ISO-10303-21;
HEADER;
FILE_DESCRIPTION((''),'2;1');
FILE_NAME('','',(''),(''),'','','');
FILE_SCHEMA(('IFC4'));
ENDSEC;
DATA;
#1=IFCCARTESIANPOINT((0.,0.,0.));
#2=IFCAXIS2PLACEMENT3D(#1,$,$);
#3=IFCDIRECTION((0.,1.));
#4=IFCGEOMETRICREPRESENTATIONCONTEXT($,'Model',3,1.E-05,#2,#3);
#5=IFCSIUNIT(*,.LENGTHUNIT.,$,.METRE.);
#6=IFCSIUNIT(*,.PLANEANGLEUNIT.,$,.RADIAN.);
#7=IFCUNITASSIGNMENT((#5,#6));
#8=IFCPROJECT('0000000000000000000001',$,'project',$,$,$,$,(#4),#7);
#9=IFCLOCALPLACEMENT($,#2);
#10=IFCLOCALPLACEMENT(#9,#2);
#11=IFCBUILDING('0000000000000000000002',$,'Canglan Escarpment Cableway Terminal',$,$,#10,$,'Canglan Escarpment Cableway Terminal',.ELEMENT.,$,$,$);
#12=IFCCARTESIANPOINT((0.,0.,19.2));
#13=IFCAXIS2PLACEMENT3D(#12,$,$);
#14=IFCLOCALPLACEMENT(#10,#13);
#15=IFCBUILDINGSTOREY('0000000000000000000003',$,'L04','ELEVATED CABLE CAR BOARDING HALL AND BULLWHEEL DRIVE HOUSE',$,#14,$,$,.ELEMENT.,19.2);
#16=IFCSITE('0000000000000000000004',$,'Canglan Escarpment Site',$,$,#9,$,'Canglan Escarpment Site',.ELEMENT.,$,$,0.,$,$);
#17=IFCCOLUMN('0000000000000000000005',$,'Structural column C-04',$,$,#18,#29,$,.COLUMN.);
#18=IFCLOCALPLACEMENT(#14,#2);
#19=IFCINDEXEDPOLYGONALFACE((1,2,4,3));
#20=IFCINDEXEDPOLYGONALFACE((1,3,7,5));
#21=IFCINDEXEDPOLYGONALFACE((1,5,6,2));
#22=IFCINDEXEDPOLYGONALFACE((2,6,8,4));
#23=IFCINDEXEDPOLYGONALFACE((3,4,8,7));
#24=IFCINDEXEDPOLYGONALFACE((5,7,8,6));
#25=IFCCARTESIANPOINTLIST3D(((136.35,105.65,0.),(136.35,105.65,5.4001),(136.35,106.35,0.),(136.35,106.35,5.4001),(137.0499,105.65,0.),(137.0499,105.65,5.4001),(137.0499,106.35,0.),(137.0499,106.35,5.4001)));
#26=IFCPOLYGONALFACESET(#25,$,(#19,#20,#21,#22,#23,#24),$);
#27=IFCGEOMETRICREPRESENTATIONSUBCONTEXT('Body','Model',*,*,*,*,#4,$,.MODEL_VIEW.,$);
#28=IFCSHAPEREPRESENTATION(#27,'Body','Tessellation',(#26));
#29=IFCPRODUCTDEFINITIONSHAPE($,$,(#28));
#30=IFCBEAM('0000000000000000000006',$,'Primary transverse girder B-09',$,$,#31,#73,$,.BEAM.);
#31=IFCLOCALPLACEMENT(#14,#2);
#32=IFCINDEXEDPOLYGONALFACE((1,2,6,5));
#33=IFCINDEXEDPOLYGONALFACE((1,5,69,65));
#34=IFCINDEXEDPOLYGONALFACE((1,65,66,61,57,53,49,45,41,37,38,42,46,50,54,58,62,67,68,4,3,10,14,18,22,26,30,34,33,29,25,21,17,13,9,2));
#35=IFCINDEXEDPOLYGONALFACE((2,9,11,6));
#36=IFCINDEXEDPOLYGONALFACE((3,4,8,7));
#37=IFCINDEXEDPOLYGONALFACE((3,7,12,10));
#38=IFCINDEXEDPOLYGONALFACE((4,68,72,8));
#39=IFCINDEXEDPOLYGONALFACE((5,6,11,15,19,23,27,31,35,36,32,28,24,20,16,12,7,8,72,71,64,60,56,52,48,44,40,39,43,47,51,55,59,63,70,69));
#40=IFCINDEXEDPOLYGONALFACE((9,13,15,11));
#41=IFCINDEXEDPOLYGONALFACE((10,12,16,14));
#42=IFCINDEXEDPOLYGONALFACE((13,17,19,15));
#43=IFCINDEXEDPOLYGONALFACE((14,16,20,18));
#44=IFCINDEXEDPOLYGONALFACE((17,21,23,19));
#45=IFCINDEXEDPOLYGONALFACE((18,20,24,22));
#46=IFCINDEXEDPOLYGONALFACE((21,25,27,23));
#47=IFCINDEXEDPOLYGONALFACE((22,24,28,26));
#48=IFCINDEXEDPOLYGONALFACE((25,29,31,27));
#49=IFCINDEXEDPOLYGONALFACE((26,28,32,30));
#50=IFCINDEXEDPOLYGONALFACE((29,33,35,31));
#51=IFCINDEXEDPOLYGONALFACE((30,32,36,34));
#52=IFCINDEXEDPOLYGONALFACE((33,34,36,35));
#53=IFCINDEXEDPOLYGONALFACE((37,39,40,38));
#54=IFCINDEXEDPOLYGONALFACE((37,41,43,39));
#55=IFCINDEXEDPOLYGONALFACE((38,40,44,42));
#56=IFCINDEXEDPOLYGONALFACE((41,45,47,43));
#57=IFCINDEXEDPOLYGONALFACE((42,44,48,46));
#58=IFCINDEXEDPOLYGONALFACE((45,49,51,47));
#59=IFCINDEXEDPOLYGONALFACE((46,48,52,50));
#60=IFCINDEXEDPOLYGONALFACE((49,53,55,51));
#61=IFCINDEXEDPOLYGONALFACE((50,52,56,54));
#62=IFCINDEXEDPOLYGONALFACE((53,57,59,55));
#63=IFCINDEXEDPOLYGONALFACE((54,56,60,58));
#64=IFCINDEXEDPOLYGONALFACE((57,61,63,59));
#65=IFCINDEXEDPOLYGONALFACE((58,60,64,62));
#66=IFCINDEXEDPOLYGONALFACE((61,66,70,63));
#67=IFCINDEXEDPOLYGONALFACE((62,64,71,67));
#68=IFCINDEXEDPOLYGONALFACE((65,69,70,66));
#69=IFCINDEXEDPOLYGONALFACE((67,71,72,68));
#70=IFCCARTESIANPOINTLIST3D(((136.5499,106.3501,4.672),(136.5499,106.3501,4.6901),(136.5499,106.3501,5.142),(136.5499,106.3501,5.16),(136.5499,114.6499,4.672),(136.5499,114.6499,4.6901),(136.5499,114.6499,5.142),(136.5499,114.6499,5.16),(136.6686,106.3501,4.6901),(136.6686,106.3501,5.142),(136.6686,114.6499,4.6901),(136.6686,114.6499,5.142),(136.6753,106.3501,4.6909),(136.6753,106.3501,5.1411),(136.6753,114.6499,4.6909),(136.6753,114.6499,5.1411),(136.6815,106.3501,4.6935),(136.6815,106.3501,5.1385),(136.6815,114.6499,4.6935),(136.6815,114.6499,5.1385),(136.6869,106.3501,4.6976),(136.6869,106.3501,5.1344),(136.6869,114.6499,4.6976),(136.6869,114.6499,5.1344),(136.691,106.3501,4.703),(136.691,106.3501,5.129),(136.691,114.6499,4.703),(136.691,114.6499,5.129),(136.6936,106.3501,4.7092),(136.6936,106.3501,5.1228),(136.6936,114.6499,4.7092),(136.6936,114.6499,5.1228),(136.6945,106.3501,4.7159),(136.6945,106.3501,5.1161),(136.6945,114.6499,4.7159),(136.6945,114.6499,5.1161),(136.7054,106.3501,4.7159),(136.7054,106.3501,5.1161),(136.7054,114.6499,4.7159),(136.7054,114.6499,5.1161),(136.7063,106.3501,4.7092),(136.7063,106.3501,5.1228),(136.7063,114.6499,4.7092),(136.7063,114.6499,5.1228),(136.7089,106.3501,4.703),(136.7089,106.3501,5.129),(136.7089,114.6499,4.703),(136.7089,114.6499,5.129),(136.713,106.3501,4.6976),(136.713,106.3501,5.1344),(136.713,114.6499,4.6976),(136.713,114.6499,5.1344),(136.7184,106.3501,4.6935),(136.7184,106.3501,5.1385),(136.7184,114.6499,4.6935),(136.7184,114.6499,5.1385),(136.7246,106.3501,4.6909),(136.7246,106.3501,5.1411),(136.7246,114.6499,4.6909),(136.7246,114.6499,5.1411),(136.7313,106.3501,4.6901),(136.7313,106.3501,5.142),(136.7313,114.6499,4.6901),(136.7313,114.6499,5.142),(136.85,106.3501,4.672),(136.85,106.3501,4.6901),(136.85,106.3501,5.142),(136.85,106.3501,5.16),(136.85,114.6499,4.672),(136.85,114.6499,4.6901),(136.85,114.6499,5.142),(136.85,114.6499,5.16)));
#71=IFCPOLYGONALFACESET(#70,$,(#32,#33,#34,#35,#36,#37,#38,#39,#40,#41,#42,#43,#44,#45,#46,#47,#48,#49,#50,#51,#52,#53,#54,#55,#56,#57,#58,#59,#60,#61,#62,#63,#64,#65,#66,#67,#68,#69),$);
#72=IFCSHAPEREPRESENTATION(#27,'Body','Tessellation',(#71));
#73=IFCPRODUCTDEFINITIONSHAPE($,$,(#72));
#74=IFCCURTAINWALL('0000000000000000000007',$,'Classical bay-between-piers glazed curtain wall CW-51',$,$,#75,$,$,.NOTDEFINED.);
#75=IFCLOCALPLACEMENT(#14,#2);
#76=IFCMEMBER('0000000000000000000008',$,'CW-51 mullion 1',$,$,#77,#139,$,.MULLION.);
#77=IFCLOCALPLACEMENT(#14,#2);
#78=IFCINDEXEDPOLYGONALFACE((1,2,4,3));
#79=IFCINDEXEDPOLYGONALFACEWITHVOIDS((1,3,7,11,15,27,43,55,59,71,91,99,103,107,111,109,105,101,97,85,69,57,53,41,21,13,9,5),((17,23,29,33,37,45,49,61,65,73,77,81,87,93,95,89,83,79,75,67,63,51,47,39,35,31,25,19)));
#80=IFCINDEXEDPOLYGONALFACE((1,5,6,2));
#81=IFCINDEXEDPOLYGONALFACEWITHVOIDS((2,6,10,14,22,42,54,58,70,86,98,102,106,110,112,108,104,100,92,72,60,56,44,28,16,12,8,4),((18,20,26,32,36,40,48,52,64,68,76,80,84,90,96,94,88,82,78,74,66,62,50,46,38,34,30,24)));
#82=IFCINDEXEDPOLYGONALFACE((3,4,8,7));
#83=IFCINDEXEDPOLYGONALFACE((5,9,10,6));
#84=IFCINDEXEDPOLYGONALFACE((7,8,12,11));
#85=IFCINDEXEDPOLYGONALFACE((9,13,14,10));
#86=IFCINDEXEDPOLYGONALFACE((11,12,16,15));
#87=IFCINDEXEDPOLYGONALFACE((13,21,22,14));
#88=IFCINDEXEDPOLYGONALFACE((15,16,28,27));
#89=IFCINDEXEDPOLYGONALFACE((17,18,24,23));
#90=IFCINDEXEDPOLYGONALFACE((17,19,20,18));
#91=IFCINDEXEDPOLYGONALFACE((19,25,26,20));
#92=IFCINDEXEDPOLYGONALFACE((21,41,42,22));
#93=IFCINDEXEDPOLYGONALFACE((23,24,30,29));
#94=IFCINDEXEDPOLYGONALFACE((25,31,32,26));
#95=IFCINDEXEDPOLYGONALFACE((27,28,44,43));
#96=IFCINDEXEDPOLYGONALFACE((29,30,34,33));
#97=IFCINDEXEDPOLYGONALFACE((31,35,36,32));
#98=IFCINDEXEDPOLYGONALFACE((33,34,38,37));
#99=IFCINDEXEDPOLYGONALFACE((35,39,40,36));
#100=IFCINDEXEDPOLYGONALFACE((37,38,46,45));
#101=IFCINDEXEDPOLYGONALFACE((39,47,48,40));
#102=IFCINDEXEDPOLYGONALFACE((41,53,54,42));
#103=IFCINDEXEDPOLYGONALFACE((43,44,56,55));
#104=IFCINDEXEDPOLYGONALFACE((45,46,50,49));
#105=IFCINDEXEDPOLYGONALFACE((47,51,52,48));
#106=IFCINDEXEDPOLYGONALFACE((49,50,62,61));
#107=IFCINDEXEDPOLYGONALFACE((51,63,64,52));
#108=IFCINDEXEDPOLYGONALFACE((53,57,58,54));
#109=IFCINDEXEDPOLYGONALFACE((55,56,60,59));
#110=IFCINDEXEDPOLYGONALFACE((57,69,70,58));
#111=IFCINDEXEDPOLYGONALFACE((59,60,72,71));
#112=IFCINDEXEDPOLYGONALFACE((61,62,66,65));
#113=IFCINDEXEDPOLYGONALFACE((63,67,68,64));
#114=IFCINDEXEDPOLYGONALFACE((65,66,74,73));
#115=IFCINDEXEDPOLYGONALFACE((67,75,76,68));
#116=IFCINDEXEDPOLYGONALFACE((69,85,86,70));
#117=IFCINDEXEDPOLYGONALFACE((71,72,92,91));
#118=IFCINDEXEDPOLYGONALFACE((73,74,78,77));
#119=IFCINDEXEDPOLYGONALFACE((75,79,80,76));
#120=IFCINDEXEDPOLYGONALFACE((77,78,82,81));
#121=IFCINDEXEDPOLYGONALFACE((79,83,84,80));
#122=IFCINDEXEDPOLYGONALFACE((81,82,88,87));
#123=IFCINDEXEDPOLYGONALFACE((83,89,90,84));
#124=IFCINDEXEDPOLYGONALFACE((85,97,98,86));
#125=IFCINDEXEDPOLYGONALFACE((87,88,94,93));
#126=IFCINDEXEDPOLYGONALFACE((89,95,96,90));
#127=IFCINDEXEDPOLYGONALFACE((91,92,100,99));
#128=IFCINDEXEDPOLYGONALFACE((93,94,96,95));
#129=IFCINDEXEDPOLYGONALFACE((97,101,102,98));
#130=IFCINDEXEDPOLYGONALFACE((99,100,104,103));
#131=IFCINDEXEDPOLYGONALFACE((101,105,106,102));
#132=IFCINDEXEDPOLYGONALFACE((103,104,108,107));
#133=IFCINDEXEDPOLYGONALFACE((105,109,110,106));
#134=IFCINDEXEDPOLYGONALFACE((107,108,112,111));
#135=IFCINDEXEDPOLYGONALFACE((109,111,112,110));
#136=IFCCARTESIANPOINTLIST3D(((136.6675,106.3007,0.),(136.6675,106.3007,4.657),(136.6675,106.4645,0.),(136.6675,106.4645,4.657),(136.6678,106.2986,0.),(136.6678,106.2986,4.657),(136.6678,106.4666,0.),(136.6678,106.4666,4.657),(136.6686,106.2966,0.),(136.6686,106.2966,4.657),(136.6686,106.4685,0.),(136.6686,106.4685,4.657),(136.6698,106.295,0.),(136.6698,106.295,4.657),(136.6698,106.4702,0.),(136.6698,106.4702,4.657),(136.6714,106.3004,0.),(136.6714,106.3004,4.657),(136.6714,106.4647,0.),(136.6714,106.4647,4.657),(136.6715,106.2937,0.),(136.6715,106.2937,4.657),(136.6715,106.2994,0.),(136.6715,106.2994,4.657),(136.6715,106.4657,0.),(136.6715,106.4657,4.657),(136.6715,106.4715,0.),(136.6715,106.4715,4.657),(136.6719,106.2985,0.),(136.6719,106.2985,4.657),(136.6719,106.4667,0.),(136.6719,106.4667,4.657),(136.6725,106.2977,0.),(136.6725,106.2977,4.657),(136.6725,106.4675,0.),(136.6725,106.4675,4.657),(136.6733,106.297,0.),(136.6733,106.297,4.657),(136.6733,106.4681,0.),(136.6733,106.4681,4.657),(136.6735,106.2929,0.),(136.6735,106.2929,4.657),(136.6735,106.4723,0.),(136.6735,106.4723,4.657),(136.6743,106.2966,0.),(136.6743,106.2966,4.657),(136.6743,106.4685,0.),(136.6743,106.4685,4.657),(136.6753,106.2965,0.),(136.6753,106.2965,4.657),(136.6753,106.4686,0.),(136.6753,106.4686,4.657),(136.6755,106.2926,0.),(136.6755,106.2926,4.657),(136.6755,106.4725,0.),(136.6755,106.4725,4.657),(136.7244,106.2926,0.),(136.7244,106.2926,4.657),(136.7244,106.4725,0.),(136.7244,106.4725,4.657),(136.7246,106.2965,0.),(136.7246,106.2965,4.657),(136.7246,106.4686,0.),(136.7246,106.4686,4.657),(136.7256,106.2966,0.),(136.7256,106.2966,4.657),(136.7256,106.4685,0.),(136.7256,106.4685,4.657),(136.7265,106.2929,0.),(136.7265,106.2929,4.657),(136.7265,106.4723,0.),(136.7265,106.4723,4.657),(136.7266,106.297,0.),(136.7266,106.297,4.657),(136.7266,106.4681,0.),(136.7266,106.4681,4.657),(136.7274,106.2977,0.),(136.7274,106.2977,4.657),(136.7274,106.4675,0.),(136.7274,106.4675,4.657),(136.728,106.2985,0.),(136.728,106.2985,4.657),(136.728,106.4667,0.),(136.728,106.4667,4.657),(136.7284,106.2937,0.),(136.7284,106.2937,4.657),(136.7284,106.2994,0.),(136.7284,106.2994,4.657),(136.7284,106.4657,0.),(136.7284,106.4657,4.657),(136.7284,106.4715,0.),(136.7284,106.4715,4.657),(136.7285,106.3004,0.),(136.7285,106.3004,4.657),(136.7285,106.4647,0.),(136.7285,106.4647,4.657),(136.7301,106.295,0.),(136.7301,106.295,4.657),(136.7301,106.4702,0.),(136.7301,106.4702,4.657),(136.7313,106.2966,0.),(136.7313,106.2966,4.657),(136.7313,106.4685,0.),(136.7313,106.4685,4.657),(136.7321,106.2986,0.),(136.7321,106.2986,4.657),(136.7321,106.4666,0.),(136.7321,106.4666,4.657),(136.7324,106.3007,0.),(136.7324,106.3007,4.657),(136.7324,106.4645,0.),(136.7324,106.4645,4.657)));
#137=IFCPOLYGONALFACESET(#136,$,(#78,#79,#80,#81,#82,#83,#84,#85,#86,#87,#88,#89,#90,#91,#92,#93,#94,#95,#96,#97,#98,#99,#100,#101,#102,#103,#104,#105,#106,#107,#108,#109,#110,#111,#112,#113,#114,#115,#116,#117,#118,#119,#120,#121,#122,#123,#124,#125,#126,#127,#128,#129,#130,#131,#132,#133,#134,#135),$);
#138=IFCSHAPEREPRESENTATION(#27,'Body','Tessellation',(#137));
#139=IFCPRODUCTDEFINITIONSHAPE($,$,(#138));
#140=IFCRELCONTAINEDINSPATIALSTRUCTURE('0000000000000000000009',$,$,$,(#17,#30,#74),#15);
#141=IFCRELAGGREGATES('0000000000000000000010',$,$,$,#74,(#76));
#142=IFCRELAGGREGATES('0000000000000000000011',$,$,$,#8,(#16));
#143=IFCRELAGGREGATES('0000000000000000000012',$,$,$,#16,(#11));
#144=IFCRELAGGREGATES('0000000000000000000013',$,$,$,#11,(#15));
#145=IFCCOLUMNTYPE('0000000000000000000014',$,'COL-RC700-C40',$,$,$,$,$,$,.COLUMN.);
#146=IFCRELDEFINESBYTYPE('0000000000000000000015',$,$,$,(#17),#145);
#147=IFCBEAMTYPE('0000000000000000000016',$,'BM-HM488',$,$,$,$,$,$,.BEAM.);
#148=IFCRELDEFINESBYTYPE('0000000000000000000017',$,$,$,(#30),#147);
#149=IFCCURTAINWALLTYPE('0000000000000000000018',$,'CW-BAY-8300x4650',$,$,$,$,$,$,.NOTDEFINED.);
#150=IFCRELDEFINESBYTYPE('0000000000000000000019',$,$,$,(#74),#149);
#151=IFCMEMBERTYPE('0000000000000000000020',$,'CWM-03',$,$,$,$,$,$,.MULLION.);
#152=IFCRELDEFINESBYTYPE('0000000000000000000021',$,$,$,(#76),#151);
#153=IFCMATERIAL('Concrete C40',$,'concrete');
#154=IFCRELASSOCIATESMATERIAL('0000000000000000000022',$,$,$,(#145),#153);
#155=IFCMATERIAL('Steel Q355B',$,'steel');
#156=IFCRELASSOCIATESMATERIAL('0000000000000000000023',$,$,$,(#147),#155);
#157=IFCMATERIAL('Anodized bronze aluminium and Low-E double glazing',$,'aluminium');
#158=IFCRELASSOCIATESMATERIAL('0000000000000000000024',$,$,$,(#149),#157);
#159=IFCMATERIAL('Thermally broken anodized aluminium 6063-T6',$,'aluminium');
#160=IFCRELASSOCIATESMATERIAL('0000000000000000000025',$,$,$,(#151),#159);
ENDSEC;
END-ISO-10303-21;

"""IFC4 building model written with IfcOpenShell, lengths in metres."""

from ifc_helpers import new_model, si_unit, direction, frame, origin, origin_2d, place, context, subcontext, project, spatial, rectangle, hollow_rectangle, i_section, extrude, material, material_profile, profile_set, type_object, element, aggregate, save


model = new_model("IFC4")

# Units and contexts
model_context = context("Model", 3, precision=1e-05, world=origin(), true_north=direction((0.0, 1.0)))
body_context = subcontext(model_context, "Body", "Model", "MODEL_VIEW")
ifc_project = project(units=[si_unit("LENGTHUNIT", "METRE"), si_unit("PLANEANGLEUNIT", "RADIAN")], contexts=[model_context])

# Site, building, storey
site_placement = place(None, origin())
site = spatial("IfcSite", under=ifc_project, at=site_placement, Name="Canglan Escarpment Site", LongName="Canglan Escarpment Site", CompositionType="ELEMENT", RefElevation=0.0)
building_placement = place(site_placement, origin())
building = spatial("IfcBuilding", under=site, at=building_placement, Name="Canglan Escarpment Cableway Terminal", LongName="Canglan Escarpment Cableway Terminal", CompositionType="ELEMENT")
storey_placement = place(building_placement, frame((0.0, 0.0, 19.2)))
storey = spatial("IfcBuildingStorey", under=building, at=storey_placement, Name="L04", Description="ELEVATED CABLE CAR BOARDING HALL AND BULLWHEEL DRIVE HOUSE", CompositionType="ELEMENT", Elevation=19.2)

# Column
ifc_material_1 = material(Name="Concrete C40", Category="concrete")
ifc_material_profile_1 = material_profile(ifc_material_1, rectangle(XDim=0.7, YDim=0.7, at=origin_2d()), Name="RC 700x700")
ifc_profile_set_1 = profile_set([ifc_material_profile_1], Name="Concrete C40")
column_type = type_object("IfcColumnType", Name="COL-RC700-C40", PredefinedType="COLUMN", material=ifc_profile_set_1)
column_placement = place(storey_placement, frame((136.7, 106.0, 0.0), z_axis=(0.0, 0.0, 1.0), x_axis=(1.0, 0.0, 0.0)))
element("IfcColumn", 1, at=column_placement, inside=storey, type_object=column_type, Name="Structural column C-04", PredefinedType="COLUMN", context=body_context, shape_type="SweptSolid", body=[
    extrude(rectangle(XDim=0.7, YDim=0.7, at=origin_2d()), origin(), (0.0, 0.0, 1.0), 5.4001),
])

# Beam
ifc_material_2 = material(Name="Steel Q355B", Category="steel")
ifc_material_profile_2 = material_profile(ifc_material_2, i_section(OverallWidth=0.3, OverallDepth=0.488, WebThickness=0.011, FlangeThickness=0.0181, FilletRadius=0.0259, at=origin_2d()), Name="HM 488x300x11x18")
ifc_profile_set_2 = profile_set([ifc_material_profile_2], Name="Steel Q355B")
beam_type = type_object("IfcBeamType", Name="BM-HM488", PredefinedType="BEAM", material=ifc_profile_set_2)
beam_placement = place(storey_placement, frame((136.7, 106.3501, 4.916), z_axis=(0.0, 1.0, 0.0), x_axis=(-1.0, 0.0, 0.0)))
element("IfcBeam", 2, at=beam_placement, inside=storey, type_object=beam_type, Name="Primary transverse girder B-09", PredefinedType="BEAM", context=body_context, shape_type="SweptSolid", body=[
    extrude(i_section(OverallWidth=0.3, OverallDepth=0.488, WebThickness=0.011, FlangeThickness=0.0181, FilletRadius=0.0259, at=origin_2d()), origin(), (0.0, 0.0, 1.0), 8.2998),
])

# Curtain wall, member
ifc_material_3 = material(Name="Anodized bronze aluminium and Low-E double glazing", Category="aluminium")
curtain_wall_type = type_object("IfcCurtainWallType", Name="CW-BAY-8300x4650", PredefinedType="NOTDEFINED", material=ifc_material_3)
curtain_wall_placement = place(storey_placement, origin())
curtain_wall = element("IfcCurtainWall", 3, at=curtain_wall_placement, inside=storey, type_object=curtain_wall_type, Name="Classical bay-between-piers glazed curtain wall CW-51", PredefinedType="NOTDEFINED")
ifc_material_4 = material(Name="Thermally broken anodized aluminium 6063-T6", Category="aluminium")
ifc_material_profile_3 = material_profile(ifc_material_4, hollow_rectangle(XDim=0.0649, YDim=0.1799, WallThickness=0.0039, InnerFilletRadius=0.0039, OuterFilletRadius=0.0081, at=origin_2d()), Name="ALU-MULL 65x180x4")
ifc_profile_set_3 = profile_set([ifc_material_profile_3], Name="Thermally broken anodized aluminium 6063-T6")
member_type_1 = type_object("IfcMemberType", Name="CWM-03", PredefinedType="MULLION", material=ifc_profile_set_3)
member_1_placement = place(storey_placement, frame((136.7, 106.3826, 0.0), z_axis=(0.0, 0.0, 1.0), x_axis=(-1.0, 0.0, 0.0)))
member_1 = element("IfcMember", 4, at=member_1_placement, type_object=member_type_1, Name="CW-51 mullion 1", PredefinedType="MULLION", context=body_context, shape_type="SweptSolid", body=[
    extrude(hollow_rectangle(XDim=0.0649, YDim=0.1799, WallThickness=0.0039, InnerFilletRadius=0.0039, OuterFilletRadius=0.0081, at=origin_2d()), origin(), (0.0, 0.0, 1.0), 4.657),
])
aggregate(curtain_wall, [member_1])

save(model, "model.ifc")
